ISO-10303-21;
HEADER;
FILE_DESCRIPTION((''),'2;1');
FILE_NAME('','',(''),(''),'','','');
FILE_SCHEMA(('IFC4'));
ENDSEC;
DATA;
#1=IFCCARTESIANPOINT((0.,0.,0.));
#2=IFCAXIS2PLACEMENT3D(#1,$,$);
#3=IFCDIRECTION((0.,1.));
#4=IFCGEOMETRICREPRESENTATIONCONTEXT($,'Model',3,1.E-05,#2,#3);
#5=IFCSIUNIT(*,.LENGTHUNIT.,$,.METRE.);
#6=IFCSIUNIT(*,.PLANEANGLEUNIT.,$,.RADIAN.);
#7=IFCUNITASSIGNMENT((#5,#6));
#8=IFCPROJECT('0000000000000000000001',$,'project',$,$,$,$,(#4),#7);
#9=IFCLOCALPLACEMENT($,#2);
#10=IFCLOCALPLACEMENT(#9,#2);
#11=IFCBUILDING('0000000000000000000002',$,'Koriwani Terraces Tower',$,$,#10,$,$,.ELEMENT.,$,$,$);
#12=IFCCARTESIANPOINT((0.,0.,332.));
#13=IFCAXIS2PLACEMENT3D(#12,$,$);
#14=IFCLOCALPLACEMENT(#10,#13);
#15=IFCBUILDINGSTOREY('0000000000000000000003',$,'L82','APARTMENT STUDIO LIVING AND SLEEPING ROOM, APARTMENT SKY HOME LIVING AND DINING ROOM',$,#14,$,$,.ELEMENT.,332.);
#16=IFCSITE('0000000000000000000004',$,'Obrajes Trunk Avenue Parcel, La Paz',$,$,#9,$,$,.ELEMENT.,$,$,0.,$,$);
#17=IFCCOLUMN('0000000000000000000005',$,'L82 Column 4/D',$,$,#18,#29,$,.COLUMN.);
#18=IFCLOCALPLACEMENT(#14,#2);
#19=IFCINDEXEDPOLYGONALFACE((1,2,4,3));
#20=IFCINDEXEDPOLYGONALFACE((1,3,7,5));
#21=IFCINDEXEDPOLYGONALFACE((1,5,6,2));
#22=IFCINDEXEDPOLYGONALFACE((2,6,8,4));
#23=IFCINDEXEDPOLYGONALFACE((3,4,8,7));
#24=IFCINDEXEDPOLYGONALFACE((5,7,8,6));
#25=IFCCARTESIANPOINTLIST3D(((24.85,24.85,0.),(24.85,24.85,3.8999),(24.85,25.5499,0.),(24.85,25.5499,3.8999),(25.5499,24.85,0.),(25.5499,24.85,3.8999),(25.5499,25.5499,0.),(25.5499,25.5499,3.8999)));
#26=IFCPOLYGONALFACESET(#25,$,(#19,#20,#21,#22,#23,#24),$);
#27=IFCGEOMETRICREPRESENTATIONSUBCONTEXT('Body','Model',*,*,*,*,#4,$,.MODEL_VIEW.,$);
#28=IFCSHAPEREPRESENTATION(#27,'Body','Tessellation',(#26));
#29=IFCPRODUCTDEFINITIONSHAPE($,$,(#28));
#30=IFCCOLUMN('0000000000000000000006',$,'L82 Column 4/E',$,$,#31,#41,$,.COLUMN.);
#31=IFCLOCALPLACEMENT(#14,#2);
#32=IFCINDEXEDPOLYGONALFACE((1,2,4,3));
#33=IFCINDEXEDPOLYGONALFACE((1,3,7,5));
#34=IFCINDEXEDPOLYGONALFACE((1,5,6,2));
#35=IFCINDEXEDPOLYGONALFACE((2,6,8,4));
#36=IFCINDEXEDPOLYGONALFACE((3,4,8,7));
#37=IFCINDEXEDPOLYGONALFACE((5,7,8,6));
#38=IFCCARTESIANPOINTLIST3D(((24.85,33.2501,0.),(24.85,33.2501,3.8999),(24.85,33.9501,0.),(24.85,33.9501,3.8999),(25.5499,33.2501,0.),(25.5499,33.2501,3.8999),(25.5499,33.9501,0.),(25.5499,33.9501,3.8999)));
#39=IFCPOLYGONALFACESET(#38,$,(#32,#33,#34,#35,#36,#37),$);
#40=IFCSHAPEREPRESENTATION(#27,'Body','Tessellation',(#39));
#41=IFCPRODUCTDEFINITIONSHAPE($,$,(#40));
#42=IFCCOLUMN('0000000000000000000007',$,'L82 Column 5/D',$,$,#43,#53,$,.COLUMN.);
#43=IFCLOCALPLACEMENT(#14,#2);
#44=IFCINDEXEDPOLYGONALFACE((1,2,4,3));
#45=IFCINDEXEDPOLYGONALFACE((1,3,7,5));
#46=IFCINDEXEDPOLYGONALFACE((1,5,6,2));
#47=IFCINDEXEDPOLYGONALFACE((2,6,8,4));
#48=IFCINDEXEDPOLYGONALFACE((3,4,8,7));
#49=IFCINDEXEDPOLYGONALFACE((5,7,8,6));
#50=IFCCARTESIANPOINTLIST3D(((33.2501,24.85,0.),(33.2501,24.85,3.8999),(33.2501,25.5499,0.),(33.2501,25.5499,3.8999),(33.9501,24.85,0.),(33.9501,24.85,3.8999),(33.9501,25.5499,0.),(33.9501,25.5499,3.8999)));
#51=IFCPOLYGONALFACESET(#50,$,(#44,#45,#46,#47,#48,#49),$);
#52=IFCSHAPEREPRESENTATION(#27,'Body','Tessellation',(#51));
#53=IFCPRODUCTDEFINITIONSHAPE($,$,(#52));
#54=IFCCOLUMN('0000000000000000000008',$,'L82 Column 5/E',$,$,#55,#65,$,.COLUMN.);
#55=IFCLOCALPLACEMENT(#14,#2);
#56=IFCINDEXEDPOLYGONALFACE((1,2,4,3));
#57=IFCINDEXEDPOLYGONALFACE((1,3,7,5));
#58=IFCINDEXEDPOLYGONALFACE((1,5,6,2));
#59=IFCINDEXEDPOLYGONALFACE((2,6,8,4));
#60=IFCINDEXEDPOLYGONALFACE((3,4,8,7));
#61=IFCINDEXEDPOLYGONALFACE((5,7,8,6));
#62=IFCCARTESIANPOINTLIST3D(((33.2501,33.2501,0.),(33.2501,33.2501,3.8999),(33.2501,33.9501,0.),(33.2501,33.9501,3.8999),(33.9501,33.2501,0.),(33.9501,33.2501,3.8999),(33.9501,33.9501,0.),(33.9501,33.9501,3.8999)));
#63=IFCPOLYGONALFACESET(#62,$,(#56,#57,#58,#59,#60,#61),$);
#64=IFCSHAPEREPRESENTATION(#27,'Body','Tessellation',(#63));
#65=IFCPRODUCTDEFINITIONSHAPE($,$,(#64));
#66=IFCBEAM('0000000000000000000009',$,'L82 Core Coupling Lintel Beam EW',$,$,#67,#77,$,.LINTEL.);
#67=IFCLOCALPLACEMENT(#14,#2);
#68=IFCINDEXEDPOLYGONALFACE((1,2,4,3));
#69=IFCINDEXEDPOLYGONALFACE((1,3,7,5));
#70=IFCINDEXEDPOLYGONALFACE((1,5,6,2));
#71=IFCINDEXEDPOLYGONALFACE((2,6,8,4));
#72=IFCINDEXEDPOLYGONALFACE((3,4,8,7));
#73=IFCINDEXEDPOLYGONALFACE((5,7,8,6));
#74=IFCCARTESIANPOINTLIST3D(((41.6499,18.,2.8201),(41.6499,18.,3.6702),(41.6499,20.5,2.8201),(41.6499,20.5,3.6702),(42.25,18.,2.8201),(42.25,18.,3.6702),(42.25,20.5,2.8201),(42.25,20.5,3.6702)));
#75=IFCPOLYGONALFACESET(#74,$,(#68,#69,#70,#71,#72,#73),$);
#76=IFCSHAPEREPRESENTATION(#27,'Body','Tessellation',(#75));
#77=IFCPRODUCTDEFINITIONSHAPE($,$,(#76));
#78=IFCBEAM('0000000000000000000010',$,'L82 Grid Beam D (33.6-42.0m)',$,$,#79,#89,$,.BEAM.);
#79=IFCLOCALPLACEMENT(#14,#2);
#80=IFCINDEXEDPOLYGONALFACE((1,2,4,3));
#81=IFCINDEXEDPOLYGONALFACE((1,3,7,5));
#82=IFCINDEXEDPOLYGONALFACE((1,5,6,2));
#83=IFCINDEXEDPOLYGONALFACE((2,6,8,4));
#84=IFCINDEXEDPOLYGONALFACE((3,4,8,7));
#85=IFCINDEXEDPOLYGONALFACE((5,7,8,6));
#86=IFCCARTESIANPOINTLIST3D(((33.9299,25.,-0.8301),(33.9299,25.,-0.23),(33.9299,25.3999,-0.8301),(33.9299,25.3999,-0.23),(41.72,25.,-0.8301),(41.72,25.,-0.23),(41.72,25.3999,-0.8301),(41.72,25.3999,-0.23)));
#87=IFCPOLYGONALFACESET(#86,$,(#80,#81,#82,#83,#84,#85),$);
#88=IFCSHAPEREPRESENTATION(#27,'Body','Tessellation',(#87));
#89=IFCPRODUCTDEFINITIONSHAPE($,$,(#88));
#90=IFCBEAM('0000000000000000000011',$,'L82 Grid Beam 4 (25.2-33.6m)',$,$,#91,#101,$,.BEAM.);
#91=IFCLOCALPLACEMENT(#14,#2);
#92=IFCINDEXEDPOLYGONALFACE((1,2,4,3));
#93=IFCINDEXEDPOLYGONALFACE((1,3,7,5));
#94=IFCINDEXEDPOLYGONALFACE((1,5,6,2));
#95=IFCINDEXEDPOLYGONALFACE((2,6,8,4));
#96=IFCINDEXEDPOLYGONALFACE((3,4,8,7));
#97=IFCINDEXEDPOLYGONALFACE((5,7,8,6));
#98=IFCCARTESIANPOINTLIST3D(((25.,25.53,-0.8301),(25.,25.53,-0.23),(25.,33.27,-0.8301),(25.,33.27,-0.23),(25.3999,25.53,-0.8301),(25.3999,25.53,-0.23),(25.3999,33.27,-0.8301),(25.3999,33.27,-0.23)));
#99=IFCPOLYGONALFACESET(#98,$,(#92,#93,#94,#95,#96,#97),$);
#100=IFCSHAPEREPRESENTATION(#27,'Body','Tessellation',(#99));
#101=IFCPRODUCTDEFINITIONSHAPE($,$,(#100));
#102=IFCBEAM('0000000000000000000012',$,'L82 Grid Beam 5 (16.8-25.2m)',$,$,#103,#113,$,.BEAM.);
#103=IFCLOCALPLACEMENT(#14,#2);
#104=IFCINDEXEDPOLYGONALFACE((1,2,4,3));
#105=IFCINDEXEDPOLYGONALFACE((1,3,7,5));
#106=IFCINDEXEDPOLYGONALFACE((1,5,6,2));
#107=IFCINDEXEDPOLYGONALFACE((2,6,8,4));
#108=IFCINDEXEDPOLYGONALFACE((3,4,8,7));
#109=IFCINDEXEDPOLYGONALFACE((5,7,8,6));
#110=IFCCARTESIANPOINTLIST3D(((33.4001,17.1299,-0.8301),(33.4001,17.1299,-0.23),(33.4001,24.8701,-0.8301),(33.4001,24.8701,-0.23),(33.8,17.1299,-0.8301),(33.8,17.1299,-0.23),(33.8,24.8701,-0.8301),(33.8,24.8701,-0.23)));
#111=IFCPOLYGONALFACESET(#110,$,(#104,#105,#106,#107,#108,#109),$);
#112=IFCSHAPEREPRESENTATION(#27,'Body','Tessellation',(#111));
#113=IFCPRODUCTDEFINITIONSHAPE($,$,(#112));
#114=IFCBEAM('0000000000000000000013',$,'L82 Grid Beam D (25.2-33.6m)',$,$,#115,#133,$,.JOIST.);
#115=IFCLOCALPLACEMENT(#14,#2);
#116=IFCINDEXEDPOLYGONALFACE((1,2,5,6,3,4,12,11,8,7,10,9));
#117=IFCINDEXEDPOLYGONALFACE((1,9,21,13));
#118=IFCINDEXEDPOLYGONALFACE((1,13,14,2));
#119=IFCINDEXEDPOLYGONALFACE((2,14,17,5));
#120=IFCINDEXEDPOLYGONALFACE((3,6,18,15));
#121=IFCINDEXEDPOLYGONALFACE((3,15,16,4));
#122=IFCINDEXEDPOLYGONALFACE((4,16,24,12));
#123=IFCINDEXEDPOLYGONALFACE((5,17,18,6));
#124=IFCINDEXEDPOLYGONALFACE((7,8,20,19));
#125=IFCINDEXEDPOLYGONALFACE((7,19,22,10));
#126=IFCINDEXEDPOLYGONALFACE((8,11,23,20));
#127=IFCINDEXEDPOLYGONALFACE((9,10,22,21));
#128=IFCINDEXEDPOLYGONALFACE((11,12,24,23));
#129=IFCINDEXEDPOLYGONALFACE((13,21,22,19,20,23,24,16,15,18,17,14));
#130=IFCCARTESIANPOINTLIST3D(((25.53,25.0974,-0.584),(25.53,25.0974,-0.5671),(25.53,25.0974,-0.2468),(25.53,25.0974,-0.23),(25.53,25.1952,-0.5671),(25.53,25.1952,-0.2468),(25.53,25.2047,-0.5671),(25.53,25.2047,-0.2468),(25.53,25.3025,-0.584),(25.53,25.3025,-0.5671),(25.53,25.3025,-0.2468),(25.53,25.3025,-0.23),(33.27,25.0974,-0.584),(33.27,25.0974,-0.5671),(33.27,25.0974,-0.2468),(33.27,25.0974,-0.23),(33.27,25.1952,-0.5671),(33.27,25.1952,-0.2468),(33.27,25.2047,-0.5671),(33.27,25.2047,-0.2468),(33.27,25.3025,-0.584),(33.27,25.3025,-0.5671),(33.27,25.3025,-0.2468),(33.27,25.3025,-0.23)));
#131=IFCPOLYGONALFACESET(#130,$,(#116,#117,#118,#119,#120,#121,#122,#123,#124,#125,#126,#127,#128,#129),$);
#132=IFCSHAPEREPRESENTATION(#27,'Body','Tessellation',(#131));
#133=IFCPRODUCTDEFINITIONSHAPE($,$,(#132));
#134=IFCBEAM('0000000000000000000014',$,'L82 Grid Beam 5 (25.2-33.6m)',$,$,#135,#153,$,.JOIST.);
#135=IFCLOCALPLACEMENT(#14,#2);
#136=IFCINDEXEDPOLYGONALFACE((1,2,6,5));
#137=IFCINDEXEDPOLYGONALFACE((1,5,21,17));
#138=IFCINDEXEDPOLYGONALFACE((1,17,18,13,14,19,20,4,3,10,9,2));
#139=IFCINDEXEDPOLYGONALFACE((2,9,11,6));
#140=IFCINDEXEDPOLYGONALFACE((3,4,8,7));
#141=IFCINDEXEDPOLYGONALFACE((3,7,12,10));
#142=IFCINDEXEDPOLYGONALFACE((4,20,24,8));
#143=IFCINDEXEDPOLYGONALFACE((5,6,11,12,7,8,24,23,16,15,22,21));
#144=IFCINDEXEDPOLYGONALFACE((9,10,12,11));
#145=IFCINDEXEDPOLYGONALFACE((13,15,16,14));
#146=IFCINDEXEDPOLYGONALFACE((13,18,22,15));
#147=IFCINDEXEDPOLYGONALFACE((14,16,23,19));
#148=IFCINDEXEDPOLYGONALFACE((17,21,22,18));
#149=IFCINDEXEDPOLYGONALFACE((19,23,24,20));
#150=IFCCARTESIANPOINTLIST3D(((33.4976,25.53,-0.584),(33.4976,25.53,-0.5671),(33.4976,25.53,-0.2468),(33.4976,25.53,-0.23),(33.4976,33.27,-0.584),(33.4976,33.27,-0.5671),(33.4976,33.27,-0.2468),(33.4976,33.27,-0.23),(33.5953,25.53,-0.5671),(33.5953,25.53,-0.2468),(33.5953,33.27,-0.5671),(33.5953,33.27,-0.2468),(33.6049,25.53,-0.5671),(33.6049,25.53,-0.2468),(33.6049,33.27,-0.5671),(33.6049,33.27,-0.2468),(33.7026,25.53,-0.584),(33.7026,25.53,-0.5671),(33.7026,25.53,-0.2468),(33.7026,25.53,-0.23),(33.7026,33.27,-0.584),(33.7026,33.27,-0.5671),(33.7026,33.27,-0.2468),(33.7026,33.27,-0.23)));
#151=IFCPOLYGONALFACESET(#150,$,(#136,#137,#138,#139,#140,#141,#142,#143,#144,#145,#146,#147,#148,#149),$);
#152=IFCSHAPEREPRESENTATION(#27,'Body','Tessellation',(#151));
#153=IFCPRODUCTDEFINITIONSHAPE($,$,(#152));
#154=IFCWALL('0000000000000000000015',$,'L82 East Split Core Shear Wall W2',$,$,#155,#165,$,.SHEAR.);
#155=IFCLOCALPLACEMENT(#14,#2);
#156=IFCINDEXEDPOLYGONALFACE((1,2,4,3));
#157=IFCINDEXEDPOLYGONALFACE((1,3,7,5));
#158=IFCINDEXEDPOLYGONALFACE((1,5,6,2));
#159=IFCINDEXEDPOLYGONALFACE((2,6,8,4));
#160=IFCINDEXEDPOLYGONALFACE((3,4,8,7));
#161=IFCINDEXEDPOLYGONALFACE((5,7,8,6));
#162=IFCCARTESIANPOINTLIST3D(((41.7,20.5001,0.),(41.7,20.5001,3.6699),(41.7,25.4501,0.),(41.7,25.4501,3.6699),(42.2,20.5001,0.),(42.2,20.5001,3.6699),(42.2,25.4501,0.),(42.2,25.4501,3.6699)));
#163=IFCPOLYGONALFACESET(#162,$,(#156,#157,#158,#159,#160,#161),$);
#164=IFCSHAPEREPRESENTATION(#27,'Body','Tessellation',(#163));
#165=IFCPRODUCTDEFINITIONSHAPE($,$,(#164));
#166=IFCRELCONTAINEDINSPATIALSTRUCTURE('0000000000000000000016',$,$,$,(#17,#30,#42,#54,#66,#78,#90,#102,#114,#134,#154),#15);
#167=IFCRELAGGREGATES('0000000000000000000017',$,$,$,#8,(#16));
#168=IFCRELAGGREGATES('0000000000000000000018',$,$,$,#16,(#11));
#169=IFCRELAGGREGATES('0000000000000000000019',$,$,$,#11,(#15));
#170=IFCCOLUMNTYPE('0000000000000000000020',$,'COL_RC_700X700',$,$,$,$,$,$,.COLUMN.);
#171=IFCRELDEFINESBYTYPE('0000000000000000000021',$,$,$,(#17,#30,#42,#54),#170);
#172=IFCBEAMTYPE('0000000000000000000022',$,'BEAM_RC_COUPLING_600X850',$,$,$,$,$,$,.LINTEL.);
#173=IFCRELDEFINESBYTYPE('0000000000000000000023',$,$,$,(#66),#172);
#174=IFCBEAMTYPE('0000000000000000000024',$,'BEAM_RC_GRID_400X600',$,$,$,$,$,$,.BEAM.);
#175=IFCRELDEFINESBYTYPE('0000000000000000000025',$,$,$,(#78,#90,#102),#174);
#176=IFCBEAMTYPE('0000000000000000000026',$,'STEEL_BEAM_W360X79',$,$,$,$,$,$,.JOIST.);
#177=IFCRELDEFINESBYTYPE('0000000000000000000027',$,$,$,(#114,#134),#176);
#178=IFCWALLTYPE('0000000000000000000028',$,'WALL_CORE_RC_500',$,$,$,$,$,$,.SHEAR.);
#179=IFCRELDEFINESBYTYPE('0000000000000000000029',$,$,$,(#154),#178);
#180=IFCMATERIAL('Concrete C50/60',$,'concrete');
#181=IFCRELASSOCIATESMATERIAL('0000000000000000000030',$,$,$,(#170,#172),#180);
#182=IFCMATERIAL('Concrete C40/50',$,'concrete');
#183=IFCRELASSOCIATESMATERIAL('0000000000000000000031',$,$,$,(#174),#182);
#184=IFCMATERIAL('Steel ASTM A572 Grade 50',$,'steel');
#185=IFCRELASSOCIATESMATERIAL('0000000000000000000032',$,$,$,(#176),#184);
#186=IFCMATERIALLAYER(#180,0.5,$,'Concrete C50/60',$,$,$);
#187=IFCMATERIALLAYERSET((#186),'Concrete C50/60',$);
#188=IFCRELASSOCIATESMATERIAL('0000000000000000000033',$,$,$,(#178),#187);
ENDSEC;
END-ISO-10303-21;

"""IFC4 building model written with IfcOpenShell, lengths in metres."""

from ifc_helpers import new_model, si_unit, direction, frame, frame_2d, origin, origin_2d, place, context, subcontext, project, spatial, rectangle, i_section, extrude, material, layer, layer_set, material_profile, profile_set, type_object, element, save


model = new_model("IFC4")

# Units and contexts
model_context = context("Model", 3, precision=1e-05, world=origin(), true_north=direction((0.0, 1.0)))
body_context = subcontext(model_context, "Body", "Model", "MODEL_VIEW")
ifc_project = project(units=[si_unit("LENGTHUNIT", "METRE"), si_unit("PLANEANGLEUNIT", "RADIAN")], contexts=[model_context])

# Site, building, storey
site_placement = place(None, origin())
site = spatial("IfcSite", under=ifc_project, at=site_placement, Name="Obrajes Trunk Avenue Parcel, La Paz", CompositionType="ELEMENT", RefElevation=0.0)
building_placement = place(site_placement, origin())
building = spatial("IfcBuilding", under=site, at=building_placement, Name="Koriwani Terraces Tower", CompositionType="ELEMENT")
storey_placement = place(building_placement, frame((0.0, 0.0, 332.0)))
storey = spatial("IfcBuildingStorey", under=building, at=storey_placement, Name="L82", Description="APARTMENT STUDIO LIVING AND SLEEPING ROOM, APARTMENT SKY HOME LIVING AND DINING ROOM", CompositionType="ELEMENT", Elevation=332.0)

# Columns
ifc_material_1 = material(Name="Concrete C50/60", Category="concrete")
ifc_material_profile_1 = material_profile(ifc_material_1, rectangle(XDim=0.7, YDim=0.7, at=origin_2d()), Name="Concrete C50/60", Category="LoadBearing")
ifc_profile_set_1 = profile_set([ifc_material_profile_1], Name="Concrete C50/60")
column_type = type_object("IfcColumnType", Name="COL_RC_700X700", PredefinedType="COLUMN", material=ifc_profile_set_1)
for number, where, z_axis, x_axis, name in (
    (1, (25.2, 25.2, 0.0), (0.0, 0.0, 1.0), (1.0, 0.0, 0.0), "L82 Column 4/D"),
    (2, (25.2, 33.6001, 0.0), (0.0, 0.0, 1.0), (1.0, 0.0, 0.0), "L82 Column 4/E"),
    (3, (33.6001, 25.2, 0.0), (0.0, 0.0, 1.0), (1.0, 0.0, 0.0), "L82 Column 5/D"),
    (4, (33.6001, 33.6001, 0.0), (0.0, 0.0, 1.0), (1.0, 0.0, 0.0), "L82 Column 5/E"),
):
    element("IfcColumn", number, at=place(storey_placement, frame(where, z_axis=z_axis, x_axis=x_axis)), inside=storey, type_object=column_type, Name=name, PredefinedType="COLUMN", context=body_context, shape_type="SweptSolid", body=[
        extrude(rectangle(XDim=0.7, YDim=0.7, at=origin_2d()), origin(), (0.0, 0.0, 1.0), 3.8999),
    ])

# Beams
ifc_material_profile_2 = material_profile(ifc_material_1, rectangle(XDim=0.6001, YDim=0.8501, at=origin_2d()), Name="Concrete C50/60", Category="LoadBearing")
ifc_profile_set_2 = profile_set([ifc_material_profile_2], Name="Concrete C50/60")
beam_type_1 = type_object("IfcBeamType", Name="BEAM_RC_COUPLING_600X850", PredefinedType="LINTEL", material=ifc_profile_set_2)
beam_1_placement = place(storey_placement, frame((41.95, 18.0, 3.2451), z_axis=(0.0, 1.0, 0.0), x_axis=(-1.0, 0.0, 0.0)))
element("IfcBeam", 5, at=beam_1_placement, inside=storey, type_object=beam_type_1, Name="L82 Core Coupling Lintel Beam EW", PredefinedType="LINTEL", context=body_context, shape_type="SweptSolid", body=[
    extrude(rectangle(XDim=0.6001, YDim=0.8501, at=origin_2d()), origin(), (0.0, 0.0, 1.0), 2.5),
])
ifc_material_2 = material(Name="Concrete C40/50", Category="concrete")
ifc_material_profile_3 = material_profile(ifc_material_2, rectangle(XDim=0.3999, YDim=0.6001, at=origin_2d()), Name="Concrete C40/50", Category="LoadBearing")
ifc_profile_set_3 = profile_set([ifc_material_profile_3], Name="Concrete C40/50")
beam_type_2 = type_object("IfcBeamType", Name="BEAM_RC_GRID_400X600", PredefinedType="BEAM", material=ifc_profile_set_3)
beam_2_placement = place(storey_placement, frame((33.9299, 25.2, -0.53), z_axis=(1.0, 0.0, 0.0), x_axis=(0.0, 1.0, 0.0)))
element("IfcBeam", 6, at=beam_2_placement, inside=storey, type_object=beam_type_2, Name="L82 Grid Beam D (33.6-42.0m)", PredefinedType="BEAM", context=body_context, shape_type="SweptSolid", body=[
    extrude(rectangle(XDim=0.3999, YDim=0.6001, at=origin_2d()), origin(), (0.0, 0.0, 1.0), 7.79),
])
beam_3_placement = place(storey_placement, frame((25.2, 25.53, -0.53), z_axis=(0.0, 1.0, 0.0), x_axis=(-1.0, 0.0, 0.0)))
element("IfcBeam", 7, at=beam_3_placement, inside=storey, type_object=beam_type_2, Name="L82 Grid Beam 4 (25.2-33.6m)", PredefinedType="BEAM", context=body_context, shape_type="SweptSolid", body=[
    extrude(rectangle(XDim=0.3999, YDim=0.6001, at=origin_2d()), origin(), (0.0, 0.0, 1.0), 7.74),
])
beam_4_placement = place(storey_placement, frame((33.6001, 17.1299, -0.53), z_axis=(0.0, 1.0, 0.0), x_axis=(-1.0, 0.0, 0.0)))
element("IfcBeam", 8, at=beam_4_placement, inside=storey, type_object=beam_type_2, Name="L82 Grid Beam 5 (16.8-25.2m)", PredefinedType="BEAM", context=body_context, shape_type="SweptSolid", body=[
    extrude(rectangle(XDim=0.3999, YDim=0.6001, at=origin_2d()), origin(), (0.0, 0.0, 1.0), 7.7402),
])
ifc_material_3 = material(Name="Steel ASTM A572 Grade 50", Category="steel")
ifc_material_profile_4 = material_profile(ifc_material_3, i_section(OverallWidth=0.2051, OverallDepth=0.354, WebThickness=0.0095, FlangeThickness=0.0168, at=origin_2d()), Name="Steel ASTM A572 Grade 50", Category="LoadBearing")
ifc_profile_set_4 = profile_set([ifc_material_profile_4], Name="Steel ASTM A572 Grade 50")
beam_type_3 = type_object("IfcBeamType", Name="STEEL_BEAM_W360X79", PredefinedType="JOIST", material=ifc_profile_set_4)
for number, where, z_axis, x_axis, name in (
    (9, (25.53, 25.2, -0.407), (1.0, 0.0, 0.0), (0.0, 1.0, 0.0), "L82 Grid Beam D (25.2-33.6m)"),
    (10, (33.6001, 25.53, -0.407), (0.0, 1.0, 0.0), (-1.0, 0.0, 0.0), "L82 Grid Beam 5 (25.2-33.6m)"),
):
    element("IfcBeam", number, at=place(storey_placement, frame(where, z_axis=z_axis, x_axis=x_axis)), inside=storey, type_object=beam_type_3, Name=name, PredefinedType="JOIST", context=body_context, shape_type="SweptSolid", body=[
        extrude(i_section(OverallWidth=0.2051, OverallDepth=0.354, WebThickness=0.0095, FlangeThickness=0.0168, at=origin_2d()), origin(), (0.0, 0.0, 1.0), 7.74),
    ])

# Wall
ifc_layer_1 = layer(ifc_material_1, 0.5, Name="Concrete C50/60")
ifc_layer_set_1 = layer_set([ifc_layer_1], Name="Concrete C50/60")
wall_type_1 = type_object("IfcWallType", Name="WALL_CORE_RC_500", PredefinedType="SHEAR", material=ifc_layer_set_1)
wall_1_placement = place(storey_placement, frame((41.95, 20.5, 0.0), z_axis=(0.0, 0.0, 1.0), x_axis=(0.0, 1.0, 0.0)))
element("IfcWall", 11, at=wall_1_placement, inside=storey, type_object=wall_type_1, Name="L82 East Split Core Shear Wall W2", PredefinedType="SHEAR", context=body_context, shape_type="SweptSolid", body=[
    extrude(rectangle(XDim=4.95, YDim=0.5, at=frame_2d((2.4751, 0.0))), origin(), (0.0, 0.0, 1.0), 3.6699),
])

save(model, "model.ifc")
